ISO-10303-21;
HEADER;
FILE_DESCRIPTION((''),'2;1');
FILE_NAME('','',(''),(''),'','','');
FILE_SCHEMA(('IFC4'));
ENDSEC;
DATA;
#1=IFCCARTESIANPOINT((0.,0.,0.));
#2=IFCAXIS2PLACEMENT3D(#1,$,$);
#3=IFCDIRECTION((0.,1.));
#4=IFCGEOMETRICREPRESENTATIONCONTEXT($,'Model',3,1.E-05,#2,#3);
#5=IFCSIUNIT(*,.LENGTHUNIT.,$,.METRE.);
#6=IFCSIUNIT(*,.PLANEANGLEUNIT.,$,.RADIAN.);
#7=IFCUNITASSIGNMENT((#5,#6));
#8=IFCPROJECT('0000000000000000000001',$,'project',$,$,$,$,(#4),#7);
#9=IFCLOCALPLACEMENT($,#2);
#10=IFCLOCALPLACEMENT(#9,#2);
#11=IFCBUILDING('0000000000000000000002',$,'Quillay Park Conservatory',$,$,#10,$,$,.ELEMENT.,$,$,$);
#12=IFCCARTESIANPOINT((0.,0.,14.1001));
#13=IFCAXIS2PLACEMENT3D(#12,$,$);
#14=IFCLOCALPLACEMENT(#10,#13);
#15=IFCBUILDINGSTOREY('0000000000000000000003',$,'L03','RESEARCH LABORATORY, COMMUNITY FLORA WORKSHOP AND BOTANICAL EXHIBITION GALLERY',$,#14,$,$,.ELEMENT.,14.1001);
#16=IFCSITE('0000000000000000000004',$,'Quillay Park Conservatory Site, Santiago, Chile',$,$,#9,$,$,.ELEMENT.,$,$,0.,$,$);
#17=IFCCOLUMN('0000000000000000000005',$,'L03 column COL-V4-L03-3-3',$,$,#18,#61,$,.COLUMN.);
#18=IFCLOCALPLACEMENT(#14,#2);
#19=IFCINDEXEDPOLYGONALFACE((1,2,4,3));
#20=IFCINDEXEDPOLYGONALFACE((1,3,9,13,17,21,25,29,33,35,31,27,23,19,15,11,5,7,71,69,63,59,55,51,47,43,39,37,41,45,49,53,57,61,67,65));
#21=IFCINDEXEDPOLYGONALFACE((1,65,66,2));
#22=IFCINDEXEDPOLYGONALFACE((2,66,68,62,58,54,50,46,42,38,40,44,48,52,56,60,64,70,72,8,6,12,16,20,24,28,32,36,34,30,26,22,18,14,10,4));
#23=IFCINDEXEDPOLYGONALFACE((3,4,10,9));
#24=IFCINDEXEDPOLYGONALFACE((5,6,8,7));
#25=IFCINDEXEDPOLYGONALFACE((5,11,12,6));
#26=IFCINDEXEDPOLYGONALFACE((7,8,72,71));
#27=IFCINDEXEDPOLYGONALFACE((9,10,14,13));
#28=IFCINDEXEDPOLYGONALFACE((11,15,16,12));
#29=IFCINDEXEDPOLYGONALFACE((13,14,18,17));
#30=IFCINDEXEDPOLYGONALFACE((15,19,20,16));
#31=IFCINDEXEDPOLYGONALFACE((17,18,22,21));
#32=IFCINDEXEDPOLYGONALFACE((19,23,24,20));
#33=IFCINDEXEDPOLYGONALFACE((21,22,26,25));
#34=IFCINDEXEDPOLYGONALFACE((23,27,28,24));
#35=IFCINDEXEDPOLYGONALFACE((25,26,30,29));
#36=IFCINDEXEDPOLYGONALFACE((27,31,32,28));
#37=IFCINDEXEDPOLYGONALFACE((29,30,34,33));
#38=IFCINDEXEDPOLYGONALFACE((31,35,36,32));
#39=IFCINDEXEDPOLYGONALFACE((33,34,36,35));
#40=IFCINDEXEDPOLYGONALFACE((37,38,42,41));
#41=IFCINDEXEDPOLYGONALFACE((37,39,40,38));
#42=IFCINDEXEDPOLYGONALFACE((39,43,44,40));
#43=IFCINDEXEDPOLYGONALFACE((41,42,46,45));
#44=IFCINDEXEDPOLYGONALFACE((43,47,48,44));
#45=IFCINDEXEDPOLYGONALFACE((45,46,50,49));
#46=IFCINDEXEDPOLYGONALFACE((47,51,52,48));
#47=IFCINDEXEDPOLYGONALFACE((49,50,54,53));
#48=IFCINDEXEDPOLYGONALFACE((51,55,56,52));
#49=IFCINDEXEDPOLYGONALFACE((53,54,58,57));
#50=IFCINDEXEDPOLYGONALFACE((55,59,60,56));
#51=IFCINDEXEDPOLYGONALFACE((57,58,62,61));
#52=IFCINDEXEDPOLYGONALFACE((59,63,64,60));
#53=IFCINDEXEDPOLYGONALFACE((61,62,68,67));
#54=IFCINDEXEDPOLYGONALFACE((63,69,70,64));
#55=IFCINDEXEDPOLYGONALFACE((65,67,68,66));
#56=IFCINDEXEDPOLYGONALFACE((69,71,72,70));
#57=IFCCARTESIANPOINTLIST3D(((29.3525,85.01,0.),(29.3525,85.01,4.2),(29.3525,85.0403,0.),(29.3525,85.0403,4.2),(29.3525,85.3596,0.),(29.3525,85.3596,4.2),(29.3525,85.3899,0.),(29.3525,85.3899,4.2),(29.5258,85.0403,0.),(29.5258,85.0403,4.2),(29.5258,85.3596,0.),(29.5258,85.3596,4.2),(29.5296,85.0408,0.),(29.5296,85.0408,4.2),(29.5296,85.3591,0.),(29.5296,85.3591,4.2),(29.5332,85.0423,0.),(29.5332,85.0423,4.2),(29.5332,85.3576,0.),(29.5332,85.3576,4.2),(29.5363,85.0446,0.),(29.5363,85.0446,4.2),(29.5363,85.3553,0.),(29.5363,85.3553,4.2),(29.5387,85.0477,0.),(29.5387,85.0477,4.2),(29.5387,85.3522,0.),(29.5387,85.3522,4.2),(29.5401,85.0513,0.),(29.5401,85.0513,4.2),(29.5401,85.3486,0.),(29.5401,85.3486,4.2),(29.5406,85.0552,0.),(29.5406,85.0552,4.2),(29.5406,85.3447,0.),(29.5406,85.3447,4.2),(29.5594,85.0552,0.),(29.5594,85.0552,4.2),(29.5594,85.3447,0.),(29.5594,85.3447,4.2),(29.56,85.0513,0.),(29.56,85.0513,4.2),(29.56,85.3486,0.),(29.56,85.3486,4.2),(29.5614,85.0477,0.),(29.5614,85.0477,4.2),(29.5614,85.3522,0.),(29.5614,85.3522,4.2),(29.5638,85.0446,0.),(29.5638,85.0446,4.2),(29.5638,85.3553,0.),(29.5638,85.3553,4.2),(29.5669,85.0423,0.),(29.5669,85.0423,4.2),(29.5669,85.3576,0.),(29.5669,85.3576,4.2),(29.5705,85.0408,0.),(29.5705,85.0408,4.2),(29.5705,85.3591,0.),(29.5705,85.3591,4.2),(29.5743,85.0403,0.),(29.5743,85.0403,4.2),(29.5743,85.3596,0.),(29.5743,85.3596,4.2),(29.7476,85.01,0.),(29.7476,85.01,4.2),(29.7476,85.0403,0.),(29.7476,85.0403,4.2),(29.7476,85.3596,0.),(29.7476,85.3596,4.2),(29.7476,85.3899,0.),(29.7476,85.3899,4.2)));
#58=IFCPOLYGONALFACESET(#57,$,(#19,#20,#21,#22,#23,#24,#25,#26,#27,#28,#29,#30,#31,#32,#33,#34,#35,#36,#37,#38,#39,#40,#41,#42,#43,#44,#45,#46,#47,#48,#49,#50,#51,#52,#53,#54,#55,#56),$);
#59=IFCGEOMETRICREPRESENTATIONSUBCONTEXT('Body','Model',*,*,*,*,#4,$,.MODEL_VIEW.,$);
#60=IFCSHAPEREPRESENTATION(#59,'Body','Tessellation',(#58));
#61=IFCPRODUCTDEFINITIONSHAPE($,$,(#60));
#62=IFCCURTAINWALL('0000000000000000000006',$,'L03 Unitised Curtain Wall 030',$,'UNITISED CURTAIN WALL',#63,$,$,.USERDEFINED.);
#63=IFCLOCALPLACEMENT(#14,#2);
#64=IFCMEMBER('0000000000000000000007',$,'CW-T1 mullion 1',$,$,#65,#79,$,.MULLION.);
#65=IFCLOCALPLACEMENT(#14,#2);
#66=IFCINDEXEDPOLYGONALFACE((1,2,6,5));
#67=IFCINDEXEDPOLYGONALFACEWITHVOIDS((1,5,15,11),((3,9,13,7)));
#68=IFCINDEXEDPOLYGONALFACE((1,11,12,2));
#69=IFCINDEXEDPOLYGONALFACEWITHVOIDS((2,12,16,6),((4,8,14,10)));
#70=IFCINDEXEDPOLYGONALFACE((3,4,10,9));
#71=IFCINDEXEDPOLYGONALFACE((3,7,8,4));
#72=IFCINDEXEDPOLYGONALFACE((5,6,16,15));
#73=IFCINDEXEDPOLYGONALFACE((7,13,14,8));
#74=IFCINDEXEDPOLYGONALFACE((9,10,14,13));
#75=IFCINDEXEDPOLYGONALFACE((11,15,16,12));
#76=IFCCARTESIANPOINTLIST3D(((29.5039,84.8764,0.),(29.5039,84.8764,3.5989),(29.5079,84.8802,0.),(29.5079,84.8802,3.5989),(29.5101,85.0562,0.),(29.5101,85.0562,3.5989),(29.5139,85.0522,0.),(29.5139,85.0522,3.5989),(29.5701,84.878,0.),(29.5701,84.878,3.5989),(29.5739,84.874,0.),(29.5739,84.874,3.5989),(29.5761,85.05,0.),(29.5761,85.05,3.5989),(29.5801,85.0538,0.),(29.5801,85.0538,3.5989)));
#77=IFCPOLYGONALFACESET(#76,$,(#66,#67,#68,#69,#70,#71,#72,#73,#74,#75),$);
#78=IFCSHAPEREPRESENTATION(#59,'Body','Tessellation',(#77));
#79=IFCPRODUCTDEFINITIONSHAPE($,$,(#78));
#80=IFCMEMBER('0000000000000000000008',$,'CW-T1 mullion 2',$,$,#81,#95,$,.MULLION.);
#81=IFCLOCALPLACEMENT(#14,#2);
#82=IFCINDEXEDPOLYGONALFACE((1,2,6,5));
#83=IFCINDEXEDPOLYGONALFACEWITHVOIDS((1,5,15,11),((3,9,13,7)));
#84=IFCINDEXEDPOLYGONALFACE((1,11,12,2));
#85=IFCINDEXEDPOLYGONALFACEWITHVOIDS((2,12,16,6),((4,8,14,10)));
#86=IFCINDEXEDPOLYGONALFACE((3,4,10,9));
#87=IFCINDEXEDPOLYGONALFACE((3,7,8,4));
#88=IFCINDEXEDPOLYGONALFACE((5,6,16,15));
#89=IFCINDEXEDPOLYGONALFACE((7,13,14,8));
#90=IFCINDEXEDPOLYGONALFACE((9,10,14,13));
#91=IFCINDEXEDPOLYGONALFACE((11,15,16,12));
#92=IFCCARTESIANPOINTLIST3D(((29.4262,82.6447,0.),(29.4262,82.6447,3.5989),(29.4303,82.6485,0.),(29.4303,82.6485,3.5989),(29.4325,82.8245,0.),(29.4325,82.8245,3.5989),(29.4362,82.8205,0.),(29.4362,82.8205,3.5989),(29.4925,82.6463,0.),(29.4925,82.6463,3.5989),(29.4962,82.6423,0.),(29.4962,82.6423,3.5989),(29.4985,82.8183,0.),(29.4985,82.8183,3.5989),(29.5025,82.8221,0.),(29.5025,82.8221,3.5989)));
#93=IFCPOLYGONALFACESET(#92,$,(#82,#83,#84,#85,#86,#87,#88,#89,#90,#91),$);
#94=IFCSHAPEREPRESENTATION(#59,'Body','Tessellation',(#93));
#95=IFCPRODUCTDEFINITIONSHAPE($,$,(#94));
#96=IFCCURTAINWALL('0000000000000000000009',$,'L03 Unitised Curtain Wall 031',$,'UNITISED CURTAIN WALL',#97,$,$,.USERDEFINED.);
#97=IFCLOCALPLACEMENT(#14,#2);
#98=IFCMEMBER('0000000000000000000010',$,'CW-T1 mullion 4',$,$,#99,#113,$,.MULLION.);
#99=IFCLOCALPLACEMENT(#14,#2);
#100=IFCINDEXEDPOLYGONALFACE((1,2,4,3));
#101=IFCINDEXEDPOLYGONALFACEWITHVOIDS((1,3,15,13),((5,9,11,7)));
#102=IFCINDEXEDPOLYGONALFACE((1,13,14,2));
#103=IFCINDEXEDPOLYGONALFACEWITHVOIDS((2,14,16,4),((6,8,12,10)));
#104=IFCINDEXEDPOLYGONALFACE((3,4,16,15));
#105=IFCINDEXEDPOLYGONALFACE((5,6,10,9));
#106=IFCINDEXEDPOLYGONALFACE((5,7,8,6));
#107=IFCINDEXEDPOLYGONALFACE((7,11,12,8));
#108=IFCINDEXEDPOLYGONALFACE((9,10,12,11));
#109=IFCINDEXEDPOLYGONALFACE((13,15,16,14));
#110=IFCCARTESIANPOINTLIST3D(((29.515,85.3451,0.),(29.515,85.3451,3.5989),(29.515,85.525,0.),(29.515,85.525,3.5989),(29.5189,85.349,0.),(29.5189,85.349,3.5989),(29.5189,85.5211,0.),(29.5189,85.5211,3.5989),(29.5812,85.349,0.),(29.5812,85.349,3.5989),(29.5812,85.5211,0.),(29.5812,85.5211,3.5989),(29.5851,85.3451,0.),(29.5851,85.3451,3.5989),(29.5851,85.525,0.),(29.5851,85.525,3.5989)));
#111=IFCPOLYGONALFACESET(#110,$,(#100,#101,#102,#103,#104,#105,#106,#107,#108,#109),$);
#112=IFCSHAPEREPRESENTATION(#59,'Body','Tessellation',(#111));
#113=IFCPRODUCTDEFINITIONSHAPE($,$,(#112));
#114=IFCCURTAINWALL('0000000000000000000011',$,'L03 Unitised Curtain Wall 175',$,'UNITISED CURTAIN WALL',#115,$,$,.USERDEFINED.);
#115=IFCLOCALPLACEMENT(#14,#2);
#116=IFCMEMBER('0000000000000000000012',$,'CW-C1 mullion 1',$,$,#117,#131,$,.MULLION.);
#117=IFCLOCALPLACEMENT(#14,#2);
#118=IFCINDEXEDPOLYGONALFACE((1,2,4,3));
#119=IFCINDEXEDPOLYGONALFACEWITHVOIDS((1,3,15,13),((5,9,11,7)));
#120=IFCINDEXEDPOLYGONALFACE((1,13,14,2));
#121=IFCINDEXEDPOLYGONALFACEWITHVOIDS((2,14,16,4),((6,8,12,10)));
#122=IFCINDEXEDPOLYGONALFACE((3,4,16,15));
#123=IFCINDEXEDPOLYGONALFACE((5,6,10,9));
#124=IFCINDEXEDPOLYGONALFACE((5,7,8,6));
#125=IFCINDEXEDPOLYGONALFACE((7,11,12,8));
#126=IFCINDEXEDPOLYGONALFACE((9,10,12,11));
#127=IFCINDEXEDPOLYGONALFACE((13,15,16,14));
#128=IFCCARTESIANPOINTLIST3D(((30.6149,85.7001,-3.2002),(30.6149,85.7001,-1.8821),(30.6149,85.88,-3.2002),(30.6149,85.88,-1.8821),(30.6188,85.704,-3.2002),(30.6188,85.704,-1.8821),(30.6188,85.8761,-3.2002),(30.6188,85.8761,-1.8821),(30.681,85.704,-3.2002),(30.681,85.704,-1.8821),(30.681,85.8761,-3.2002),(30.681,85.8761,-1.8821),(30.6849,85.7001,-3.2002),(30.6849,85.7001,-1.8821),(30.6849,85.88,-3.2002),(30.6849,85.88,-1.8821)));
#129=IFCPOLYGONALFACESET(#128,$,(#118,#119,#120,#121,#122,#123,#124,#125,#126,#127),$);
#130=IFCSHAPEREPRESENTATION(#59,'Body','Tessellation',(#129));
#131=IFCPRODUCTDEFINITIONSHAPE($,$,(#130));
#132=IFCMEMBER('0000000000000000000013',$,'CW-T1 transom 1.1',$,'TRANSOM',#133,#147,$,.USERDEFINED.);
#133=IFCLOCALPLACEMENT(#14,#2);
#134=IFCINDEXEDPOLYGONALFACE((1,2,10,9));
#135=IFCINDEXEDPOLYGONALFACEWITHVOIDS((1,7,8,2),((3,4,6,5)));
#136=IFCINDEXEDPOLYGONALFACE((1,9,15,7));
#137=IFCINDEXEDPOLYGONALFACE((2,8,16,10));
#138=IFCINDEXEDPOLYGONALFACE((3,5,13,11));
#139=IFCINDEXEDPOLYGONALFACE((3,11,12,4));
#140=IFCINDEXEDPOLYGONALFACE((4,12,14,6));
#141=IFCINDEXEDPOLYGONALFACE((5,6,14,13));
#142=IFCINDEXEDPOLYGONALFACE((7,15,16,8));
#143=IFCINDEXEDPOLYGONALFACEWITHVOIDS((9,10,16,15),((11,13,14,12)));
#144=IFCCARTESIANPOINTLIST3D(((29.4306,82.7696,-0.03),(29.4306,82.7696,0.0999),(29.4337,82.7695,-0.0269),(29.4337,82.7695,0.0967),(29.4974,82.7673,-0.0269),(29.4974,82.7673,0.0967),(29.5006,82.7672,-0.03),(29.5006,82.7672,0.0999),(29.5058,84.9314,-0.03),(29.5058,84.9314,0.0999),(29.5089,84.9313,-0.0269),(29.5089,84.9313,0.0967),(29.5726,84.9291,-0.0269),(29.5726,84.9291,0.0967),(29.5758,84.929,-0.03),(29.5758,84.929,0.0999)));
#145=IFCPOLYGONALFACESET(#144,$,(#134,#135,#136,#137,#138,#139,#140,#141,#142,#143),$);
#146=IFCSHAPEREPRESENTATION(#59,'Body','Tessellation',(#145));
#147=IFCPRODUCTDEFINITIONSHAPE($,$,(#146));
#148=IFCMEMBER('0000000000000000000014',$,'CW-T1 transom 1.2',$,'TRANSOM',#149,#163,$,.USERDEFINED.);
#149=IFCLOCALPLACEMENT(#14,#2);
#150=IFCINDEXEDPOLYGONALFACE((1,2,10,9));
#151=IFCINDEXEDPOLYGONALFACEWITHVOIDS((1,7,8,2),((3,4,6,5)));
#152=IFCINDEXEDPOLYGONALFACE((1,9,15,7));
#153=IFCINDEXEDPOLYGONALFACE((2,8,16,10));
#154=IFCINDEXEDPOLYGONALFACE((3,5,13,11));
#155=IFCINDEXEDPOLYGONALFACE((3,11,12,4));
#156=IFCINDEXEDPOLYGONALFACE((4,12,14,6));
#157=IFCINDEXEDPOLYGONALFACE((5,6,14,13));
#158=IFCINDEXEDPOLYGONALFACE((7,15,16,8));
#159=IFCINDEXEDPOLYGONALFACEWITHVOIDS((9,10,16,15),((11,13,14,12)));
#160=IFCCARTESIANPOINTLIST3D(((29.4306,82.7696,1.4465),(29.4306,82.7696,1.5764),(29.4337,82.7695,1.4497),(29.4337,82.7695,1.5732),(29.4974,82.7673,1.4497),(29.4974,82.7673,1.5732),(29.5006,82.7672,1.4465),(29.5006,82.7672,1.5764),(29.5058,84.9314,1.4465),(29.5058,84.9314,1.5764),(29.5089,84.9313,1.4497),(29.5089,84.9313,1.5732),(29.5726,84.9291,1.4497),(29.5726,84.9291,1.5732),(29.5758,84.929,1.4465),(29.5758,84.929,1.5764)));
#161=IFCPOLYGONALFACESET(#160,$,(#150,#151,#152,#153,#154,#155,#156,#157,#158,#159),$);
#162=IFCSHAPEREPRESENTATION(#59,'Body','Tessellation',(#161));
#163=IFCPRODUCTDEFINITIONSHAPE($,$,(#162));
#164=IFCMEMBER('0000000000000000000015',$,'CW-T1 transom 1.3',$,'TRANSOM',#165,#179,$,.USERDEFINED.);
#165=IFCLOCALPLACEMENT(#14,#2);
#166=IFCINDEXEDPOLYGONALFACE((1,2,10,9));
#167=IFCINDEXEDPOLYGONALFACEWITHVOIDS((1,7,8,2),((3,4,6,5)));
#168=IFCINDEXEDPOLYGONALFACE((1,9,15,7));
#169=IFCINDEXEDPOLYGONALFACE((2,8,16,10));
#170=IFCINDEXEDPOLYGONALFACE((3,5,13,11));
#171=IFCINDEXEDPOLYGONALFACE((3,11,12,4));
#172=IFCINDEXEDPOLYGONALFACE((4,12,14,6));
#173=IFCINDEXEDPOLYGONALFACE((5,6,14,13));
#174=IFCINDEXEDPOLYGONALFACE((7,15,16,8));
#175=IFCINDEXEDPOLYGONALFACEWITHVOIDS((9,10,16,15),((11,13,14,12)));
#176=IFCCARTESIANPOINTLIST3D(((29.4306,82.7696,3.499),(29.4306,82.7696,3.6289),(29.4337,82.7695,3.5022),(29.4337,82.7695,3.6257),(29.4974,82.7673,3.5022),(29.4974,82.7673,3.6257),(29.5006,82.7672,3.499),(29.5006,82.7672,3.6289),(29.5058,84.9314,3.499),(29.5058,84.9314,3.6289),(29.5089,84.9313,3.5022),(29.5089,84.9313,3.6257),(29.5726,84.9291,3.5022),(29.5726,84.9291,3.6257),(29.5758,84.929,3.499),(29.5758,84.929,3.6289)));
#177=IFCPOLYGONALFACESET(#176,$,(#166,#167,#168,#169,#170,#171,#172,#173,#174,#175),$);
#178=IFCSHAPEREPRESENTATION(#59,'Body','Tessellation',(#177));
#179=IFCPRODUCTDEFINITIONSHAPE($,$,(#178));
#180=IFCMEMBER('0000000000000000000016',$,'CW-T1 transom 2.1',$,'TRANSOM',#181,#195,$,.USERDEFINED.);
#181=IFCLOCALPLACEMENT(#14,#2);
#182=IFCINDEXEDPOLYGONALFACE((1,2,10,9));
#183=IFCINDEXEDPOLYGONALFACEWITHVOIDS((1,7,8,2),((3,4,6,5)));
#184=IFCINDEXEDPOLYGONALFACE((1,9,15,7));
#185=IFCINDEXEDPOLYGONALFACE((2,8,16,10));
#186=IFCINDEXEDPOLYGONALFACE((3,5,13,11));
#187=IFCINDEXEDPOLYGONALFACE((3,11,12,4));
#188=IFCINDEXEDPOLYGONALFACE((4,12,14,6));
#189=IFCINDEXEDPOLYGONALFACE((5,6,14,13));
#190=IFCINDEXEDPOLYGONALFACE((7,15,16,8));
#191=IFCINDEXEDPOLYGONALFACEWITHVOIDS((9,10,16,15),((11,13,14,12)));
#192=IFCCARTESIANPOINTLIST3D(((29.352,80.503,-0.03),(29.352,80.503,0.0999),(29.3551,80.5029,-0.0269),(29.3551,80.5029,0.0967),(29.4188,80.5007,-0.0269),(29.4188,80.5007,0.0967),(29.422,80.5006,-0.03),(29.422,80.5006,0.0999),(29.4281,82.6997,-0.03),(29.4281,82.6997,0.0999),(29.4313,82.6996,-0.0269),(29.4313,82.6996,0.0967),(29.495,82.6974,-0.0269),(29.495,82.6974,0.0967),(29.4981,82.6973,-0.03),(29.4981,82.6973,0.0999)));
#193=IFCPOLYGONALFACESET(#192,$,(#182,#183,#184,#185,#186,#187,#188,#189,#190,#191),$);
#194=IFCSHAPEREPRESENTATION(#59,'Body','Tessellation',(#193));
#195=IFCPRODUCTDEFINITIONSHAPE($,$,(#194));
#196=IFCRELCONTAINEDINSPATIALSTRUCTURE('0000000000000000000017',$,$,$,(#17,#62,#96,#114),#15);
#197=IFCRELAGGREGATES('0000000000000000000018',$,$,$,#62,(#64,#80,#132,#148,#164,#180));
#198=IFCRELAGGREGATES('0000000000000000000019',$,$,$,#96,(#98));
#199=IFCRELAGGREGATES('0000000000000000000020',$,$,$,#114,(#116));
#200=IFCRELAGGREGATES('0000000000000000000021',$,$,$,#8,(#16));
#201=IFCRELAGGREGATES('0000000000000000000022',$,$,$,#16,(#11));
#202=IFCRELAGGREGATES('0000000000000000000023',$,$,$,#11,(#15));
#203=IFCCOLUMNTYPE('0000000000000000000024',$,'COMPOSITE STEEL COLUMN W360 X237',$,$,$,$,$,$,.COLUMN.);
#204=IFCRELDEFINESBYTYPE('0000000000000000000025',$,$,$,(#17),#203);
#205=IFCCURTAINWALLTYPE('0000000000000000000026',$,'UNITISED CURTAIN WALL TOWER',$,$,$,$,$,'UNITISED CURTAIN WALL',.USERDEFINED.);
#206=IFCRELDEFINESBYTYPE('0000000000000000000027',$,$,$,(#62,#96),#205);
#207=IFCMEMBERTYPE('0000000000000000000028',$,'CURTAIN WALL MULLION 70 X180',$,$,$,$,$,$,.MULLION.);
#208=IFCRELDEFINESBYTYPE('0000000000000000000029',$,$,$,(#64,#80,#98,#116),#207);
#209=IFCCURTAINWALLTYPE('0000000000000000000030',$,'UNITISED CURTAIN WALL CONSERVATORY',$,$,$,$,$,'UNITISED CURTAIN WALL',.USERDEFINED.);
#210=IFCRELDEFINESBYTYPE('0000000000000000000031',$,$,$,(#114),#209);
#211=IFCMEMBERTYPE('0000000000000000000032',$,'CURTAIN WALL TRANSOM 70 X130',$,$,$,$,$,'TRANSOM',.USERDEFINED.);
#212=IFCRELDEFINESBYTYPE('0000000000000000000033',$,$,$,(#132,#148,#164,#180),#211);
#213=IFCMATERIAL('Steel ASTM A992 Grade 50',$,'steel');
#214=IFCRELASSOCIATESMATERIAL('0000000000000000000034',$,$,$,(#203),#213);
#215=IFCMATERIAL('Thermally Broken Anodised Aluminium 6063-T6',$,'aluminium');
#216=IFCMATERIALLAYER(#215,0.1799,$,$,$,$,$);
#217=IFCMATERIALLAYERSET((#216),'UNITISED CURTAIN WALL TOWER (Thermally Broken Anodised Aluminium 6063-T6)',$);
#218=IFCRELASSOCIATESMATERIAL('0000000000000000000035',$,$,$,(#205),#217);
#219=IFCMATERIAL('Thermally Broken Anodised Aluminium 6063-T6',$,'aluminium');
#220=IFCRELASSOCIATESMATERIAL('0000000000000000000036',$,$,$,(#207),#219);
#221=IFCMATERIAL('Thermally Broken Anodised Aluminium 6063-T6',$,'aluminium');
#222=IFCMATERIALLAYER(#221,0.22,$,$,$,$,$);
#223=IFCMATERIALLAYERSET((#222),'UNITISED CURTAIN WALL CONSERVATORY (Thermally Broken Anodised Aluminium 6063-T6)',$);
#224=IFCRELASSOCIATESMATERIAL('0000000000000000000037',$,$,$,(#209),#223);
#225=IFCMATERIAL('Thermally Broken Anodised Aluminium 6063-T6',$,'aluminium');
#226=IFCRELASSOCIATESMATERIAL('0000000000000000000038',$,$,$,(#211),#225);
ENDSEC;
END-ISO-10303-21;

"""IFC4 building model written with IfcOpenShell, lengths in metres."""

from ifc_helpers import new_model, si_unit, direction, frame, origin, origin_2d, place, context, subcontext, project, spatial, hollow_rectangle, i_section, extrude, material, layer, layer_set, material_profile, profile_set, type_object, element, aggregate, save


model = new_model("IFC4")

# Units and contexts
model_context = context("Model", 3, precision=1e-05, world=origin(), true_north=direction((0.0, 1.0)))
body_context = subcontext(model_context, "Body", "Model", "MODEL_VIEW")
ifc_project = project(units=[si_unit("LENGTHUNIT", "METRE"), si_unit("PLANEANGLEUNIT", "RADIAN")], contexts=[model_context])

# Site, building, storey
site_placement = place(None, origin())
site = spatial("IfcSite", under=ifc_project, at=site_placement, Name="Quillay Park Conservatory Site, Santiago, Chile", CompositionType="ELEMENT", RefElevation=0.0)
building_placement = place(site_placement, origin())
building = spatial("IfcBuilding", under=site, at=building_placement, Name="Quillay Park Conservatory", CompositionType="ELEMENT")
storey_placement = place(building_placement, frame((0.0, 0.0, 14.1001)))
storey = spatial("IfcBuildingStorey", under=building, at=storey_placement, Name="L03", Description="RESEARCH LABORATORY, COMMUNITY FLORA WORKSHOP AND BOTANICAL EXHIBITION GALLERY", CompositionType="ELEMENT", Elevation=14.1001)

# Column
ifc_material_1 = material(Name="Steel ASTM A992 Grade 50", Category="steel")
ifc_material_profile_1 = material_profile(ifc_material_1, i_section(OverallWidth=0.395, OverallDepth=0.3799, WebThickness=0.0188, FlangeThickness=0.0303, FilletRadius=0.0149, at=origin_2d()), Name="W360x237")
ifc_profile_set_1 = profile_set([ifc_material_profile_1], Name="Steel ASTM A992 Grade 50")
column_type = type_object("IfcColumnType", Name="COMPOSITE STEEL COLUMN W360 X237", PredefinedType="COLUMN", material=ifc_profile_set_1)
column_placement = place(storey_placement, frame((29.55, 85.2, 0.0), z_axis=(0.0, 0.0, 1.0), x_axis=(1.0, 0.0, 0.0)))
element("IfcColumn", 1, at=column_placement, inside=storey, type_object=column_type, Name="L03 column COL-V4-L03-3-3", PredefinedType="COLUMN", context=body_context, shape_type="SweptSolid", body=[
    extrude(i_section(OverallWidth=0.395, OverallDepth=0.3799, WebThickness=0.0188, FlangeThickness=0.0303, FilletRadius=0.0149, at=origin_2d()), origin(), (0.0, 0.0, 1.0), 4.2),
])

# Curtain wall, members
ifc_material_2 = material(Name="Thermally Broken Anodised Aluminium 6063-T6", Category="aluminium")
ifc_layer_1 = layer(ifc_material_2, 0.1799)
ifc_layer_set_1 = layer_set([ifc_layer_1], Name="UNITISED CURTAIN WALL TOWER (Thermally Broken Anodised Aluminium 6063-T6)")
curtain_wall_type_1 = type_object("IfcCurtainWallType", Name="UNITISED CURTAIN WALL TOWER", ElementType="UNITISED CURTAIN WALL", PredefinedType="USERDEFINED", material=ifc_layer_set_1)
curtain_wall_1_placement = place(storey_placement, origin())
curtain_wall_1 = element("IfcCurtainWall", 2, at=curtain_wall_1_placement, inside=storey, type_object=curtain_wall_type_1, Name="L03 Unitised Curtain Wall 030", ObjectType="UNITISED CURTAIN WALL", PredefinedType="USERDEFINED")
ifc_material_3 = material(Name="Thermally Broken Anodised Aluminium 6063-T6", Category="aluminium")
ifc_material_profile_2 = material_profile(ifc_material_3, hollow_rectangle(XDim=0.0701, YDim=0.1799, WallThickness=0.0039, at=origin_2d()), Name="AL70x180x4")
ifc_profile_set_2 = profile_set([ifc_material_profile_2], Name="Thermally Broken Anodised Aluminium 6063-T6")
member_type_1 = type_object("IfcMemberType", Name="CURTAIN WALL MULLION 70 X180", PredefinedType="MULLION", material=ifc_profile_set_2)
member_1_placement = place(storey_placement, frame((29.542, 84.9651, 0.0), z_axis=(0.0, 0.0, 1.0), x_axis=(0.999397, -0.034713, 0.0)))
member_1 = element("IfcMember", 3, at=member_1_placement, type_object=member_type_1, Name="CW-T1 mullion 1", PredefinedType="MULLION", context=body_context, shape_type="SweptSolid", body=[
    extrude(hollow_rectangle(XDim=0.0701, YDim=0.1799, WallThickness=0.0039, at=origin_2d()), origin(), (0.0, 0.0, 1.0), 3.5989),
])
member_2_placement = place(storey_placement, frame((29.4644, 82.7334, 0.0), z_axis=(0.0, 0.0, 1.0), x_axis=(0.999397, -0.034713, 0.0)))
member_2 = element("IfcMember", 4, at=member_2_placement, type_object=member_type_1, Name="CW-T1 mullion 2", PredefinedType="MULLION", context=body_context, shape_type="SweptSolid", body=[
    extrude(hollow_rectangle(XDim=0.0701, YDim=0.1799, WallThickness=0.0039, at=origin_2d()), origin(), (0.0, 0.0, 1.0), 3.5989),
])

# Curtain walls, members
curtain_wall_2_placement = place(storey_placement, origin())
curtain_wall_2 = element("IfcCurtainWall", 5, at=curtain_wall_2_placement, inside=storey, type_object=curtain_wall_type_1, Name="L03 Unitised Curtain Wall 031", ObjectType="UNITISED CURTAIN WALL", PredefinedType="USERDEFINED")
member_3_placement = place(storey_placement, frame((29.55, 85.4351, 0.0), z_axis=(0.0, 0.0, 1.0), x_axis=(1.0, 0.0, 0.0)))
member_3 = element("IfcMember", 6, at=member_3_placement, type_object=member_type_1, Name="CW-T1 mullion 4", PredefinedType="MULLION", context=body_context, shape_type="SweptSolid", body=[
    extrude(hollow_rectangle(XDim=0.0701, YDim=0.1799, WallThickness=0.0039, at=origin_2d()), origin(), (0.0, 0.0, 1.0), 3.5989),
])
ifc_material_4 = material(Name="Thermally Broken Anodised Aluminium 6063-T6", Category="aluminium")
ifc_layer_2 = layer(ifc_material_4, 0.22)
ifc_layer_set_2 = layer_set([ifc_layer_2], Name="UNITISED CURTAIN WALL CONSERVATORY (Thermally Broken Anodised Aluminium 6063-T6)")
curtain_wall_type_2 = type_object("IfcCurtainWallType", Name="UNITISED CURTAIN WALL CONSERVATORY", ElementType="UNITISED CURTAIN WALL", PredefinedType="USERDEFINED", material=ifc_layer_set_2)
curtain_wall_3_placement = place(storey_placement, origin())
curtain_wall_3 = element("IfcCurtainWall", 7, at=curtain_wall_3_placement, inside=storey, type_object=curtain_wall_type_2, Name="L03 Unitised Curtain Wall 175", ObjectType="UNITISED CURTAIN WALL", PredefinedType="USERDEFINED")
member_4_placement = place(storey_placement, frame((30.6499, 85.79, -3.2002), z_axis=(0.0, 0.0, 1.0), x_axis=(-1.0, 0.0, 0.0)))
member_4 = element("IfcMember", 8, at=member_4_placement, type_object=member_type_1, Name="CW-C1 mullion 1", PredefinedType="MULLION", context=body_context, shape_type="SweptSolid", body=[
    extrude(hollow_rectangle(XDim=0.0701, YDim=0.1799, WallThickness=0.0039, at=origin_2d()), origin(), (0.0, 0.0, 1.0), 1.3181),
])

# Members
ifc_material_5 = material(Name="Thermally Broken Anodised Aluminium 6063-T6", Category="aluminium")
ifc_material_profile_3 = material_profile(ifc_material_5, hollow_rectangle(XDim=0.0701, YDim=0.1299, WallThickness=0.0032, at=origin_2d()), Name="AL70x130x3.2")
ifc_profile_set_3 = profile_set([ifc_material_profile_3], Name="Thermally Broken Anodised Aluminium 6063-T6")
member_type_2 = type_object("IfcMemberType", Name="CURTAIN WALL TRANSOM 70 X130", ElementType="TRANSOM", PredefinedType="USERDEFINED", material=ifc_profile_set_3)
member_5_placement = place(storey_placement, frame((29.5408, 84.9302, 0.0349), z_axis=(-0.034762, -0.999396, 0.0), x_axis=(0.999396, -0.034762, 0.0)))
member_5 = element("IfcMember", 9, at=member_5_placement, type_object=member_type_2, Name="CW-T1 transom 1.1", ObjectType="TRANSOM", PredefinedType="USERDEFINED", context=body_context, shape_type="SweptSolid", body=[
    extrude(hollow_rectangle(XDim=0.0701, YDim=0.1299, WallThickness=0.0032, at=origin_2d()), origin(), (0.0, 0.0, 1.0), 2.1631),
])
member_6_placement = place(storey_placement, frame((29.5408, 84.9302, 1.5115), z_axis=(-0.034762, -0.999396, 0.0), x_axis=(0.999396, -0.034762, 0.0)))
member_6 = element("IfcMember", 10, at=member_6_placement, type_object=member_type_2, Name="CW-T1 transom 1.2", ObjectType="TRANSOM", PredefinedType="USERDEFINED", context=body_context, shape_type="SweptSolid", body=[
    extrude(hollow_rectangle(XDim=0.0701, YDim=0.1299, WallThickness=0.0032, at=origin_2d()), origin(), (0.0, 0.0, 1.0), 2.1631),
])
member_7_placement = place(storey_placement, frame((29.5408, 84.9302, 3.564), z_axis=(-0.034762, -0.999396, 0.0), x_axis=(0.999396, -0.034762, 0.0)))
member_7 = element("IfcMember", 11, at=member_7_placement, type_object=member_type_2, Name="CW-T1 transom 1.3", ObjectType="TRANSOM", PredefinedType="USERDEFINED", context=body_context, shape_type="SweptSolid", body=[
    extrude(hollow_rectangle(XDim=0.0701, YDim=0.1299, WallThickness=0.0032, at=origin_2d()), origin(), (0.0, 0.0, 1.0), 2.1631),
])
member_8_placement = place(storey_placement, frame((29.4631, 82.6985, 0.0349), z_axis=(-0.034654, -0.999399, 0.0), x_axis=(0.999399, -0.034654, 0.0)))
member_8 = element("IfcMember", 12, at=member_8_placement, type_object=member_type_2, Name="CW-T1 transom 2.1", ObjectType="TRANSOM", PredefinedType="USERDEFINED", context=body_context, shape_type="SweptSolid", body=[
    extrude(hollow_rectangle(XDim=0.0701, YDim=0.1299, WallThickness=0.0032, at=origin_2d()), origin(), (0.0, 0.0, 1.0), 2.198),
])

aggregate(curtain_wall_1, [member_1, member_2, member_5, member_6, member_7, member_8])
aggregate(curtain_wall_2, [member_3])
aggregate(curtain_wall_3, [member_4])

save(model, "model.ifc")
